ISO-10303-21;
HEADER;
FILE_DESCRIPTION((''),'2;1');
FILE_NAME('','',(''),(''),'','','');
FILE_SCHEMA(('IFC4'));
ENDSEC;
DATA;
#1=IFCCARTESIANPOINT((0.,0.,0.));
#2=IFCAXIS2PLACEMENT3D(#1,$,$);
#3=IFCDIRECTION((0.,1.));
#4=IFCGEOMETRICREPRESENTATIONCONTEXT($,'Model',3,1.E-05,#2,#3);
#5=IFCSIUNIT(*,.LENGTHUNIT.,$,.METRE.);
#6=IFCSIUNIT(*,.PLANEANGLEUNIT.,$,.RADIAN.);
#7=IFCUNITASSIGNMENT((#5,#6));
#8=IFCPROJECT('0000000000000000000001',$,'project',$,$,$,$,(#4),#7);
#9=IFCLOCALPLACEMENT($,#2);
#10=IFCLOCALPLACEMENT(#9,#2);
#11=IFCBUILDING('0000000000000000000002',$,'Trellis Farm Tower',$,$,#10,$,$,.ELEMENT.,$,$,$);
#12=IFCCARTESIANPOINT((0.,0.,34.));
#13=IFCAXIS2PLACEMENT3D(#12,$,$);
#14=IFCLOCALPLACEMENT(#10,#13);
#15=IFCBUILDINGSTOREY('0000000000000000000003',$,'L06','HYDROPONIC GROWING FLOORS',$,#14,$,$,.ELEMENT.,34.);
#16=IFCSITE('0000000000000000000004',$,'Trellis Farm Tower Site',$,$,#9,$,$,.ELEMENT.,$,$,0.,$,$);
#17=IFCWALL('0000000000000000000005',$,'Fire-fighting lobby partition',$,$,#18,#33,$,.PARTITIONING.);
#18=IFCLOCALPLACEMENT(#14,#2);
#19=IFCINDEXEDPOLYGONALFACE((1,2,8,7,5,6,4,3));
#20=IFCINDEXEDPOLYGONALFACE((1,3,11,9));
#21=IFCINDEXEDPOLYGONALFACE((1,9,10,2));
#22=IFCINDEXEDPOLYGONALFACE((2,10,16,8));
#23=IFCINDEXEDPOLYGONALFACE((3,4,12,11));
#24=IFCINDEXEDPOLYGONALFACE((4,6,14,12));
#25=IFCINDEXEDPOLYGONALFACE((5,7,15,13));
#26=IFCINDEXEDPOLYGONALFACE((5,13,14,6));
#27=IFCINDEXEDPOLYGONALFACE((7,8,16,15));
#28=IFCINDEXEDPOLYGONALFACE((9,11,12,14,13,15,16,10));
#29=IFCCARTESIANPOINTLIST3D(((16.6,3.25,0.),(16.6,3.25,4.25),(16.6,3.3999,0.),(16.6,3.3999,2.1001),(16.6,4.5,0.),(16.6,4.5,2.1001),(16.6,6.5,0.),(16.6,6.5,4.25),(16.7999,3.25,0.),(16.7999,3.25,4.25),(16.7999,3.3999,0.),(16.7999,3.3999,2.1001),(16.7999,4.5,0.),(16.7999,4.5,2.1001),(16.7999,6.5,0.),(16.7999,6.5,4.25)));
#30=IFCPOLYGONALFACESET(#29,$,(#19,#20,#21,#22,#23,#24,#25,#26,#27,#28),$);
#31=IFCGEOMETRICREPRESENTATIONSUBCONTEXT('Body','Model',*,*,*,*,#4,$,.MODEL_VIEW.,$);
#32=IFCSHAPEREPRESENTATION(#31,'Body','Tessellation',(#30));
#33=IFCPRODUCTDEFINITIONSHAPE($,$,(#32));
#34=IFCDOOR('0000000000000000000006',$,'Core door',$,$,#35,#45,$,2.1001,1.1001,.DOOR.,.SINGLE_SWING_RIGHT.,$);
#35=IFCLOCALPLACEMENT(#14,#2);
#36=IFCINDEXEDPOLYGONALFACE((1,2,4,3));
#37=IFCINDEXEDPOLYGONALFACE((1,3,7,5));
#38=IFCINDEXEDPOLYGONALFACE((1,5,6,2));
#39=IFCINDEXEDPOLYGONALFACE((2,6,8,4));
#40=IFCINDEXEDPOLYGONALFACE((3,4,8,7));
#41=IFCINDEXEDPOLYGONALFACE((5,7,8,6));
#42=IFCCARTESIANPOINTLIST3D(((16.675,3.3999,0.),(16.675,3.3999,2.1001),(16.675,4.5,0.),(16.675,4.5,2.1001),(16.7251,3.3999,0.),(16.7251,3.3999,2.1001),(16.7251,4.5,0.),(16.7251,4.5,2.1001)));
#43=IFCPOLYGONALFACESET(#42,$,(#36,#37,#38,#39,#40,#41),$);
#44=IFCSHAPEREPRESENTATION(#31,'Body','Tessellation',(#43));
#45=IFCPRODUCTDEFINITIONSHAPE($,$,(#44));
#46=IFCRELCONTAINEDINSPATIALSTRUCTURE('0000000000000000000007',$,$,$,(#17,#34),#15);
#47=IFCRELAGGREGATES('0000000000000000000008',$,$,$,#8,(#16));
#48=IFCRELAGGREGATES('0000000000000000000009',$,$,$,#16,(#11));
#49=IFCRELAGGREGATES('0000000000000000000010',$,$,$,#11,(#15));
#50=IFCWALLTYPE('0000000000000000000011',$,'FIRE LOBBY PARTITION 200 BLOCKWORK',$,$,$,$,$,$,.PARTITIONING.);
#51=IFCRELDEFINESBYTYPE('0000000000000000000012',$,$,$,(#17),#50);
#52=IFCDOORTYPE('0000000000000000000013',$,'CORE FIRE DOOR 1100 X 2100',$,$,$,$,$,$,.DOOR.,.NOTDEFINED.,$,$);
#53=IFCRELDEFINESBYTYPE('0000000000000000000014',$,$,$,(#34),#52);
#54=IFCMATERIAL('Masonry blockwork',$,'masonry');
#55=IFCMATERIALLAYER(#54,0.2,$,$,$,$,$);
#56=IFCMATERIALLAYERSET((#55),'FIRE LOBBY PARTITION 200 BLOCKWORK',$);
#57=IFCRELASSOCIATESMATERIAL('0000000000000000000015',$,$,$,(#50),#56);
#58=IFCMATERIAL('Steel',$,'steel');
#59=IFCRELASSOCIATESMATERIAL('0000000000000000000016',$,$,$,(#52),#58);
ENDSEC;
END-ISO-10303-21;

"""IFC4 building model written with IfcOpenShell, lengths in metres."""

from ifc_helpers import new_model, si_unit, direction, frame, frame_2d, origin, place, context, subcontext, project, spatial, rectangle, extrude, source, transform, mapped, material, layer, layer_set, type_object, element, fill, save


model = new_model("IFC4")

# Units and contexts
model_context = context("Model", 3, precision=1e-05, world=origin(), true_north=direction((0.0, 1.0)))
body_context = subcontext(model_context, "Body", "Model", "MODEL_VIEW")
ifc_project = project(units=[si_unit("LENGTHUNIT", "METRE"), si_unit("PLANEANGLEUNIT", "RADIAN")], contexts=[model_context])

# Site, building, storey
site_placement = place(None, origin())
site = spatial("IfcSite", under=ifc_project, at=site_placement, Name="Trellis Farm Tower Site", CompositionType="ELEMENT", RefElevation=0.0)
building_placement = place(site_placement, origin())
building = spatial("IfcBuilding", under=site, at=building_placement, Name="Trellis Farm Tower", CompositionType="ELEMENT")
storey_placement = place(building_placement, frame((0.0, 0.0, 34.0)))
storey = spatial("IfcBuildingStorey", under=building, at=storey_placement, Name="L06", Description="HYDROPONIC GROWING FLOORS", CompositionType="ELEMENT", Elevation=34.0)

# Wall, opening, door
ifc_material_1 = material(Name="Masonry blockwork", Category="masonry")
ifc_layer_1 = layer(ifc_material_1, 0.2)
ifc_layer_set_1 = layer_set([ifc_layer_1], Name="FIRE LOBBY PARTITION 200 BLOCKWORK")
wall_type_1 = type_object("IfcWallType", Name="FIRE LOBBY PARTITION 200 BLOCKWORK", PredefinedType="PARTITIONING", material=ifc_layer_set_1)
shared_shape_1 = source(origin(), body_context, "Body", "SweptSolid", [
    extrude(rectangle(XDim=3.25, YDim=0.2, at=frame_2d((1.625, 0.0))), origin(), (0.0, 0.0, 1.0), 4.25),
])
wall_1_placement = place(storey_placement, frame((16.7, 3.25, 0.0), z_axis=(0.0, 0.0, 1.0), x_axis=(0.0, 1.0, 0.0)))
wall_1 = element("IfcWall", 1, at=wall_1_placement, inside=storey, type_object=wall_type_1, Name="Fire-fighting lobby partition", PredefinedType="PARTITIONING", context=body_context, shape_type="MappedRepresentation", body=[
    mapped(shared_shape_1, transform((0.0, 0.0, 0.0))),
])
shared_shape_2 = source(origin(), body_context, "Body", "SweptSolid", [
    extrude(rectangle(XDim=1.1001, YDim=2.1001, at=frame_2d((0.55, 1.05))), frame((0.0, 0.1101, 0.0), z_axis=(0.0, -1.0, 0.0), x_axis=(1.0, 0.0, 0.0)), (0.0, 0.0, 1.0), 0.2202),
])
opening_1_placement = place(wall_1_placement, frame((0.1499, 0.0, 0.0)))
opening_1 = element("IfcOpeningElement", 2, at=opening_1_placement, cuts=wall_1, PredefinedType="OPENING", context=body_context, shape_type="MappedRepresentation", body=[
    mapped(shared_shape_2, transform((0.0, 0.0, 0.0))),
])
ifc_material_2 = material(Name="Steel", Category="steel")
door_type_1 = type_object("IfcDoorType", Name="CORE FIRE DOOR 1100 X 2100", OperationType="NOTDEFINED", PredefinedType="DOOR", material=ifc_material_2)
shared_shape_3 = source(origin(), body_context, "Body", "SweptSolid", [
    extrude(rectangle(XDim=1.1001, YDim=2.1001, at=frame_2d((0.55, 1.05))), frame((0.0, 0.0249, 0.0), z_axis=(0.0, -1.0, 0.0), x_axis=(1.0, 0.0, 0.0)), (0.0, 0.0, 1.0), 0.05),
])
door_1_placement = place(opening_1_placement, origin())
door_1 = element("IfcDoor", 3, at=door_1_placement, inside=storey, type_object=door_type_1, Name="Core door", OperationType="SINGLE_SWING_RIGHT", OverallHeight=2.1001, OverallWidth=1.1001, PredefinedType="DOOR", context=body_context, shape_type="MappedRepresentation", body=[
    mapped(shared_shape_3, transform((0.0, 0.0, 0.0))),
])
fill(opening_1, door_1)

save(model, "model.ifc")
